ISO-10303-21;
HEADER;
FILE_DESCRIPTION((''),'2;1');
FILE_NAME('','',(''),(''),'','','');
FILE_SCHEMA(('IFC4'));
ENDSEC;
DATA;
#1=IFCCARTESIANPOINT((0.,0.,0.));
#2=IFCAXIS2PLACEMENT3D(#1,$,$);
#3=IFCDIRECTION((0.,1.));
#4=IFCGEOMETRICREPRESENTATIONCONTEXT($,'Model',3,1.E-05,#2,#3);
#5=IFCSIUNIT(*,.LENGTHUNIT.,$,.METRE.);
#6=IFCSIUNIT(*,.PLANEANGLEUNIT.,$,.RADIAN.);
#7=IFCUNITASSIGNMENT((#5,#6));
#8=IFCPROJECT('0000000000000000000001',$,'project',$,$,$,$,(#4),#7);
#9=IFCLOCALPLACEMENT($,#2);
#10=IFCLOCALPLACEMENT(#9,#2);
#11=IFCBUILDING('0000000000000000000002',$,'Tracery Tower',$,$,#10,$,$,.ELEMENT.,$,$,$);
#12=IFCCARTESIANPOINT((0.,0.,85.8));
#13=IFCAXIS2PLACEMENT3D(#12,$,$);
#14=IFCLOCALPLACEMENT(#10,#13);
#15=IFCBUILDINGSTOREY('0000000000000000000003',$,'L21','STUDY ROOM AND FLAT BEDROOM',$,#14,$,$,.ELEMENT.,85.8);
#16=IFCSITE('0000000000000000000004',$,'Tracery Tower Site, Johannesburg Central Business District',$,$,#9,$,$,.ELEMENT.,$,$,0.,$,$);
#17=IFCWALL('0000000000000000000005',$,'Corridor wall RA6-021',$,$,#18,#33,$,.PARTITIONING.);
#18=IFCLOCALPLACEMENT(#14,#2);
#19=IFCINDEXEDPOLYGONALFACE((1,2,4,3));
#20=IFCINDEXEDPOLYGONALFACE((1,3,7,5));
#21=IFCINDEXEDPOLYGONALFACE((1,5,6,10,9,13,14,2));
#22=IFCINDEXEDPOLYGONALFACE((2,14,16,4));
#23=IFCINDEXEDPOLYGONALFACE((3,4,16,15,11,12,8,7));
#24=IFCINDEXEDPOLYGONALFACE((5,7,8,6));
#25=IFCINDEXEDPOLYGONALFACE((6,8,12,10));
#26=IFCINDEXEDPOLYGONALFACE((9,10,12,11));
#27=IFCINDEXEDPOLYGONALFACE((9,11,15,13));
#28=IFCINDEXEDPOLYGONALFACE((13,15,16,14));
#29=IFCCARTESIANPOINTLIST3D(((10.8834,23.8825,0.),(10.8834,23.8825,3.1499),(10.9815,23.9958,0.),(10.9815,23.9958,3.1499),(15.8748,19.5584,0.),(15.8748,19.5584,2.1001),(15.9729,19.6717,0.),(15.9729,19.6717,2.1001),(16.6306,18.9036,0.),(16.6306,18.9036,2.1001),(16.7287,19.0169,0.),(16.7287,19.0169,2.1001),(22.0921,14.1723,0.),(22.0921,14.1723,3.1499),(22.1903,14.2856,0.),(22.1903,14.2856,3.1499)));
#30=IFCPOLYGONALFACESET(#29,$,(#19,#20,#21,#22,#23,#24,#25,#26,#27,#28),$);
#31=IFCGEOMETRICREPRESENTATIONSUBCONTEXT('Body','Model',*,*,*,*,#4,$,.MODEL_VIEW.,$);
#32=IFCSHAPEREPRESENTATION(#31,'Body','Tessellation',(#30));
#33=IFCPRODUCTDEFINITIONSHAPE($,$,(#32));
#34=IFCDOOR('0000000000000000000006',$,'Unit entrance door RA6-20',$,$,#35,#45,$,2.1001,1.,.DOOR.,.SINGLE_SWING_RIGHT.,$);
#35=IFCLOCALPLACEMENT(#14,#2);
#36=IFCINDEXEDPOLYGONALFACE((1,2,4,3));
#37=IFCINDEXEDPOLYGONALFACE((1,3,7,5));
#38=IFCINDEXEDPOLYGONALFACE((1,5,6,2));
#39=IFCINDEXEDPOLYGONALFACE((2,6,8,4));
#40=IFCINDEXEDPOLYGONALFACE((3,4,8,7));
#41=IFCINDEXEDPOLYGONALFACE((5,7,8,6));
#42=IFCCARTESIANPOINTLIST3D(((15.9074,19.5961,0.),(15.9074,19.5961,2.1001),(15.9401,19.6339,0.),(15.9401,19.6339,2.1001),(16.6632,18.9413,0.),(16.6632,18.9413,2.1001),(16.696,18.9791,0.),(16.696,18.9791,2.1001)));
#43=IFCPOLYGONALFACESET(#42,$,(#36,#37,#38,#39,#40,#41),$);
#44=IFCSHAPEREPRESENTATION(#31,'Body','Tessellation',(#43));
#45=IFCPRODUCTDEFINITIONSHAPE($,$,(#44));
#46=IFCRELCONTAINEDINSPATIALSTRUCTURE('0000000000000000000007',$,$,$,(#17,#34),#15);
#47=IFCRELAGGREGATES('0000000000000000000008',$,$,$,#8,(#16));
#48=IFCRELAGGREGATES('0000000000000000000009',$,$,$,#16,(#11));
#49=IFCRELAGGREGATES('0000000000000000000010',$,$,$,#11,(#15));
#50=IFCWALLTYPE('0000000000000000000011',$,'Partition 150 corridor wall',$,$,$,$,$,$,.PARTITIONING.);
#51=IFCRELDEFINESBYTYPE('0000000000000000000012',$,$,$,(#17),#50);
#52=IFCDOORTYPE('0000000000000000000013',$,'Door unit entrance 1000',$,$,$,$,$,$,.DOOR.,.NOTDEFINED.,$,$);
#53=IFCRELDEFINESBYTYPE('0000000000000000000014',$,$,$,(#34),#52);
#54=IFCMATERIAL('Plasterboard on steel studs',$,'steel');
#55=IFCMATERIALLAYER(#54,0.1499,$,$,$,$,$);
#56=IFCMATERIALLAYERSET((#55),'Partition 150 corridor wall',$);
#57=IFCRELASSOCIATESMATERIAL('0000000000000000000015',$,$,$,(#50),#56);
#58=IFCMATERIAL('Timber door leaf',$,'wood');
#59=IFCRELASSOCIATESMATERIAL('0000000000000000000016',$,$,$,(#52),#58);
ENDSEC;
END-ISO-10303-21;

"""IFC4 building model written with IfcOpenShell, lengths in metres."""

from ifc_helpers import new_model, si_unit, direction, frame, frame_2d, origin, place, context, subcontext, project, spatial, rectangle, extrude, material, layer, layer_set, type_object, element, fill, save


model = new_model("IFC4")

# Units and contexts
model_context = context("Model", 3, precision=1e-05, world=origin(), true_north=direction((0.0, 1.0)))
body_context = subcontext(model_context, "Body", "Model", "MODEL_VIEW")
ifc_project = project(units=[si_unit("LENGTHUNIT", "METRE"), si_unit("PLANEANGLEUNIT", "RADIAN")], contexts=[model_context])

# Site, building, storey
site_placement = place(None, origin())
site = spatial("IfcSite", under=ifc_project, at=site_placement, Name="Tracery Tower Site, Johannesburg Central Business District", CompositionType="ELEMENT", RefElevation=0.0)
building_placement = place(site_placement, origin())
building = spatial("IfcBuilding", under=site, at=building_placement, Name="Tracery Tower", CompositionType="ELEMENT")
storey_placement = place(building_placement, frame((0.0, 0.0, 85.8)))
storey = spatial("IfcBuildingStorey", under=building, at=storey_placement, Name="L21", Description="STUDY ROOM AND FLAT BEDROOM", CompositionType="ELEMENT", Elevation=85.8)

# Wall, opening, door
ifc_material_1 = material(Name="Plasterboard on steel studs", Category="steel")
ifc_layer_1 = layer(ifc_material_1, 0.1499)
ifc_layer_set_1 = layer_set([ifc_layer_1], Name="Partition 150 corridor wall")
wall_type_1 = type_object("IfcWallType", Name="Partition 150 corridor wall", PredefinedType="PARTITIONING", material=ifc_layer_set_1)
wall_1_placement = place(storey_placement, frame((10.9324, 23.9392, 0.0), z_axis=(0.0, 0.0, 1.0), x_axis=(0.755824, -0.654775, 0.0)))
wall_1 = element("IfcWall", 1, at=wall_1_placement, inside=storey, type_object=wall_type_1, Name="Corridor wall RA6-021", PredefinedType="PARTITIONING", context=body_context, shape_type="SweptSolid", body=[
    extrude(rectangle(XDim=14.8298, YDim=0.1499, at=frame_2d((7.415, 0.0))), origin(), (0.0, 0.0, 1.0), 3.1499),
])
opening_1_placement = place(wall_1_placement, frame((6.604, 0.0, 0.0)))
opening_1 = element("IfcOpeningElement", 2, at=opening_1_placement, cuts=wall_1, PredefinedType="OPENING", context=body_context, shape_type="SweptSolid", body=[
    extrude(rectangle(XDim=1.0, YDim=2.1001, at=frame_2d((0.5, 1.05))), frame((0.0, 0.075, 0.0), z_axis=(0.0, -1.0, 0.0), x_axis=(1.0, 0.0, 0.0)), (0.0, 0.0, 1.0), 0.1499),
])
ifc_material_2 = material(Name="Timber door leaf", Category="wood")
door_type_1 = type_object("IfcDoorType", Name="Door unit entrance 1000", OperationType="NOTDEFINED", PredefinedType="DOOR", material=ifc_material_2)
door_1_placement = place(opening_1_placement, origin())
door_1 = element("IfcDoor", 3, at=door_1_placement, inside=storey, type_object=door_type_1, Name="Unit entrance door RA6-20", OperationType="SINGLE_SWING_RIGHT", OverallHeight=2.1001, OverallWidth=1.0, PredefinedType="DOOR", context=body_context, shape_type="SweptSolid", body=[
    extrude(rectangle(XDim=1.0, YDim=2.1001, at=frame_2d((0.5, 1.05))), frame((0.0, 0.0249, 0.0), z_axis=(0.0, -1.0, 0.0), x_axis=(1.0, 0.0, 0.0)), (0.0, 0.0, 1.0), 0.05),
])
fill(opening_1, door_1)

save(model, "model.ifc")
